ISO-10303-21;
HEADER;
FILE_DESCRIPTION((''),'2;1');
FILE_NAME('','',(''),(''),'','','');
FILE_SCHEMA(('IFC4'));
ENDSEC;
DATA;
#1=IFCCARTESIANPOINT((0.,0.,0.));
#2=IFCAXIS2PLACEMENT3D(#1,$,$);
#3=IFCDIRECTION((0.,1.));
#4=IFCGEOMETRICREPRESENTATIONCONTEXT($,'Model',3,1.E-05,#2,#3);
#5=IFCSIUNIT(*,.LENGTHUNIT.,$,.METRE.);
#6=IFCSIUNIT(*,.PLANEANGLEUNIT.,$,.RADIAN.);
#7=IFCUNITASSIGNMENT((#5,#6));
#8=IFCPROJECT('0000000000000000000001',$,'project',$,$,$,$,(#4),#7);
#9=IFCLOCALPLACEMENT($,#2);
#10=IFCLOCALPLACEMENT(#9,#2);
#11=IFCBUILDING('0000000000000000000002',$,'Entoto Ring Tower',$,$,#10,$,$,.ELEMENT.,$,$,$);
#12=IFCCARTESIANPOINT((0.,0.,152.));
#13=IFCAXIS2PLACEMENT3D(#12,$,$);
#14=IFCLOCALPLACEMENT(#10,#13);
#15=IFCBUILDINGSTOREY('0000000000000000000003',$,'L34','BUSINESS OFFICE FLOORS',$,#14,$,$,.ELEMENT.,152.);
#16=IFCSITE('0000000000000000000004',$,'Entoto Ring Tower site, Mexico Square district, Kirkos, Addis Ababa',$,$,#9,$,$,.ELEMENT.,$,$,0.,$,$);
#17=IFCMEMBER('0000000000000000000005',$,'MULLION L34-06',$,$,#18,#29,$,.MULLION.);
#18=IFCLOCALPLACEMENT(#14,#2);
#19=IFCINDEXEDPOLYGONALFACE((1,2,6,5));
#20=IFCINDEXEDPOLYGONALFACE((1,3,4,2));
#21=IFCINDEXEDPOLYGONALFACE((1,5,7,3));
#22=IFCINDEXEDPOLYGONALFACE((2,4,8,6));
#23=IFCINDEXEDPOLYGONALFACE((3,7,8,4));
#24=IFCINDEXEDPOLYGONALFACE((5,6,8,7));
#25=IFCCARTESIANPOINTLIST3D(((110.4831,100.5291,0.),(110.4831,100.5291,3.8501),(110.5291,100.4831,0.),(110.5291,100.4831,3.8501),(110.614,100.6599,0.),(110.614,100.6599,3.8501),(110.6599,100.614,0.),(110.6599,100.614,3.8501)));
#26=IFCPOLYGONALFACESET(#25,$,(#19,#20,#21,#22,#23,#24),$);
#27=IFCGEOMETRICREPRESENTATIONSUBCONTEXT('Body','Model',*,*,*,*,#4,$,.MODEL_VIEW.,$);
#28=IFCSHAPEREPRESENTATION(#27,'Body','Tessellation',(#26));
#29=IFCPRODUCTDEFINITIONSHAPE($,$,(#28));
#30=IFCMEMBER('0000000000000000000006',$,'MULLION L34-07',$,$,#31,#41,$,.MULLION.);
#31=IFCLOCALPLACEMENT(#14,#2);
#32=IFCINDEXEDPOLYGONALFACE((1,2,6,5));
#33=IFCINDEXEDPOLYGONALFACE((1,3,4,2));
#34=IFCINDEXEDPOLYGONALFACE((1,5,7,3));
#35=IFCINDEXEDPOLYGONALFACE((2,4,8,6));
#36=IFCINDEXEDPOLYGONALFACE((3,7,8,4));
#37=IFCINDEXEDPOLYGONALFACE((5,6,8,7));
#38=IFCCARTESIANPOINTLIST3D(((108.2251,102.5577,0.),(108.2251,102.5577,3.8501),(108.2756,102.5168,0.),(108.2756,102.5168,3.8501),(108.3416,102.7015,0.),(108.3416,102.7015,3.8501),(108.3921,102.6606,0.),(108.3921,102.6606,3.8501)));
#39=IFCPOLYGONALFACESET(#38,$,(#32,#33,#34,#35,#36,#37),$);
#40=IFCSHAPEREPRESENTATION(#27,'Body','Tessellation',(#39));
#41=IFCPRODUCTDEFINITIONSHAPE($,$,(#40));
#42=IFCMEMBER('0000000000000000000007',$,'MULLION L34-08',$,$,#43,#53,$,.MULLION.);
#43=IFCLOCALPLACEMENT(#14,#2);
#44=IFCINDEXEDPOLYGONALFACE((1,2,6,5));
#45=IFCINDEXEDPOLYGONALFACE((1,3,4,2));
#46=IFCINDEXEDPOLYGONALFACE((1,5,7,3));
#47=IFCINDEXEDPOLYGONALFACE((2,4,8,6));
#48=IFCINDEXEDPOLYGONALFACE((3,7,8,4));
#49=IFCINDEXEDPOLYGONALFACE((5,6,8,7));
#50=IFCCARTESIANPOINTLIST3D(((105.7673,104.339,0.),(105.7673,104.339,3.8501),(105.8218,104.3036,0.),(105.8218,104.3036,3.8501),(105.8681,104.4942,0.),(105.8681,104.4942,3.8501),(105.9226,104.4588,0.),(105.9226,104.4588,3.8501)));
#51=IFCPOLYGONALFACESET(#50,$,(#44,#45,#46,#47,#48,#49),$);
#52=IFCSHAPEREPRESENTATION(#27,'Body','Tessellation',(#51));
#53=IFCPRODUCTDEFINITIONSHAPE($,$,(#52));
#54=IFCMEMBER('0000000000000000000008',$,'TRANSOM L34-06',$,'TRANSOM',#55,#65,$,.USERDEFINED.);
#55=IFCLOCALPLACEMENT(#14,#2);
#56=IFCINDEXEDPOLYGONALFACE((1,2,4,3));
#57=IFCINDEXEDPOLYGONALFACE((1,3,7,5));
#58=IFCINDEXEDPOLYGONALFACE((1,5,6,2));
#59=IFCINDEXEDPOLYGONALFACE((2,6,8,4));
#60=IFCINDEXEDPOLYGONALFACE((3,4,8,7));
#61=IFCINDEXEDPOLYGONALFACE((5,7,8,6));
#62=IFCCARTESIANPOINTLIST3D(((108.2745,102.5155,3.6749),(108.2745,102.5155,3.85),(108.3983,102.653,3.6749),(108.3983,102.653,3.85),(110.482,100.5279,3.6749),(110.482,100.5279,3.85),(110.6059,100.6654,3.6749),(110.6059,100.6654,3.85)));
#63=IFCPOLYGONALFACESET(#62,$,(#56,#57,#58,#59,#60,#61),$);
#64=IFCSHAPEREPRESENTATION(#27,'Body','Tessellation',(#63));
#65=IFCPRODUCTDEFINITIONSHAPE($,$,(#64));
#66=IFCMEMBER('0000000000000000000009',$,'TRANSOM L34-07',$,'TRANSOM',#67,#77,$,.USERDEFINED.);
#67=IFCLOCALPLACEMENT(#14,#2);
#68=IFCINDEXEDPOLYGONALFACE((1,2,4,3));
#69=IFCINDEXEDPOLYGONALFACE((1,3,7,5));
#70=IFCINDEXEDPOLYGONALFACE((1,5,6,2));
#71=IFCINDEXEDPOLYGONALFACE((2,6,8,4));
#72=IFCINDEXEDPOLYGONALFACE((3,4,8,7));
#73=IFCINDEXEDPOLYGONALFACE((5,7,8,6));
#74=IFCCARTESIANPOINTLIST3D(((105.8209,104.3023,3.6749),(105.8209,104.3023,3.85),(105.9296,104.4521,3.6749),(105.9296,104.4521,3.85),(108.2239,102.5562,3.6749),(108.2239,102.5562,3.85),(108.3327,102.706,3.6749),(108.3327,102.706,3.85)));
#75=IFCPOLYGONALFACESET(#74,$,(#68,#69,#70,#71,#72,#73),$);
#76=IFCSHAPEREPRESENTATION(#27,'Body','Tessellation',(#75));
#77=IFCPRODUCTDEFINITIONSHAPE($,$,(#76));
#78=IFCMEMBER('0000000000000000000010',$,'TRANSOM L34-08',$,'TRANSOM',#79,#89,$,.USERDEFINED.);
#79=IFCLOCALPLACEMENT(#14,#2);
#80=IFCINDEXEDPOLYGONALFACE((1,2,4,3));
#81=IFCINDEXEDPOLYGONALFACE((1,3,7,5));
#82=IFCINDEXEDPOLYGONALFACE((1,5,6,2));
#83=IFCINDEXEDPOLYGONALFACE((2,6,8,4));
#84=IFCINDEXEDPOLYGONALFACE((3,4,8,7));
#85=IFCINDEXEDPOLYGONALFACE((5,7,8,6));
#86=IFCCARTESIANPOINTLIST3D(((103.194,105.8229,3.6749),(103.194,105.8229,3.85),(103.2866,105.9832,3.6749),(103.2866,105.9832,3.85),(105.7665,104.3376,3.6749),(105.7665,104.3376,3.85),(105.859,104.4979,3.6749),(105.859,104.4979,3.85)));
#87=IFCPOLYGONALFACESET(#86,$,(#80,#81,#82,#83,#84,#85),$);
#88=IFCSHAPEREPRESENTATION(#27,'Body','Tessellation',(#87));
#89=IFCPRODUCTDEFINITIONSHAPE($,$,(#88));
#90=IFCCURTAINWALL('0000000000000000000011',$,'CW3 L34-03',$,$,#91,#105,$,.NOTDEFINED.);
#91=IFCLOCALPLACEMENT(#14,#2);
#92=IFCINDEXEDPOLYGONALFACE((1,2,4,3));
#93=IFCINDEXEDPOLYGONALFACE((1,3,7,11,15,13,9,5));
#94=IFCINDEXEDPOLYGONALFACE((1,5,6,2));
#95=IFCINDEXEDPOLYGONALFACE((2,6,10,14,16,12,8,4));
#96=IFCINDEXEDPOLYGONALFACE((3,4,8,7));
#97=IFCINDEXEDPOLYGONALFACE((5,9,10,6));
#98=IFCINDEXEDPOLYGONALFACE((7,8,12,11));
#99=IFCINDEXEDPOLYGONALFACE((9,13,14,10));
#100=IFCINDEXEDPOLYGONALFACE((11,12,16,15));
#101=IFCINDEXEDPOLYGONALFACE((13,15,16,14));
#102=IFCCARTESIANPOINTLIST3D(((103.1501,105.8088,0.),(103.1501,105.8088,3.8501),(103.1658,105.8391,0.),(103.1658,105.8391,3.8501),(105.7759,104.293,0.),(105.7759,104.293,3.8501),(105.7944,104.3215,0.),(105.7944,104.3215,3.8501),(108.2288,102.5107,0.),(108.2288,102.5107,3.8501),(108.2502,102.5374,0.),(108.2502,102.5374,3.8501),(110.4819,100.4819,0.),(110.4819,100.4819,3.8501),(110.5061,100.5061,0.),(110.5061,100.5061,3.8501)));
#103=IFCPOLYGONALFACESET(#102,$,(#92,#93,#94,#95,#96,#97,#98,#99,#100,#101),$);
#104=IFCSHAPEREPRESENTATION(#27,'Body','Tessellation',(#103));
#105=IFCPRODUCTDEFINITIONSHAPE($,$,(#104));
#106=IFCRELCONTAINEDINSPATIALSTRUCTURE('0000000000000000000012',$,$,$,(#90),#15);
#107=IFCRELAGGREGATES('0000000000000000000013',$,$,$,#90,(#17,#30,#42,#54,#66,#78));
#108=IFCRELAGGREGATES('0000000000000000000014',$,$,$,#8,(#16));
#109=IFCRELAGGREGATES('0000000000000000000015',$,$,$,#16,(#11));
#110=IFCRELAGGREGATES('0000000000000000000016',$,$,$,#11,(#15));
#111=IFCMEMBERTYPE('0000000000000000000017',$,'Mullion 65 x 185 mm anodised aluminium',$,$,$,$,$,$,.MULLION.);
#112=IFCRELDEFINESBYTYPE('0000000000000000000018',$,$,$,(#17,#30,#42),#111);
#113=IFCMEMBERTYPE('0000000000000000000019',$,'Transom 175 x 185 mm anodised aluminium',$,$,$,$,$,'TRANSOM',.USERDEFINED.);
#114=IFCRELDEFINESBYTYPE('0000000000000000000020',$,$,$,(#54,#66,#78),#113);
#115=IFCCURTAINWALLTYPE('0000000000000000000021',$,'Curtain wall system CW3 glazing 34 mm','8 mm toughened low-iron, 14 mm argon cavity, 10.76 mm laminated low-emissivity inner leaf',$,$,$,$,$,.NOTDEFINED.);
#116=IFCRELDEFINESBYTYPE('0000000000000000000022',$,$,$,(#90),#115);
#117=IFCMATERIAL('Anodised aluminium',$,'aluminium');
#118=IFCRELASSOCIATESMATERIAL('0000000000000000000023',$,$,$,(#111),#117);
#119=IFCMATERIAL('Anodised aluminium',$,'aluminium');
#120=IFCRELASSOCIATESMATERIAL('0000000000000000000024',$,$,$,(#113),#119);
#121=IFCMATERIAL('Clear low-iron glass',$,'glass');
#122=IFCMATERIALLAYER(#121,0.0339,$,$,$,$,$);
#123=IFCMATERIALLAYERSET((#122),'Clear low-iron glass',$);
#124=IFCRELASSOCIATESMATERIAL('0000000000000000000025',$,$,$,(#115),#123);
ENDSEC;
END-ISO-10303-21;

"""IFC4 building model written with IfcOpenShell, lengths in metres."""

from ifc_helpers import new_model, si_unit, direction, frame, origin, origin_2d, place, context, subcontext, project, spatial, polyline, rectangle, outline, extrude, material, layer, layer_set, material_profile, profile_set, type_object, element, aggregate, save


model = new_model("IFC4")

# Units and contexts
model_context = context("Model", 3, precision=1e-05, world=origin(), true_north=direction((0.0, 1.0)))
body_context = subcontext(model_context, "Body", "Model", "MODEL_VIEW")
ifc_project = project(units=[si_unit("LENGTHUNIT", "METRE"), si_unit("PLANEANGLEUNIT", "RADIAN")], contexts=[model_context])

# Members
ifc_material_1 = material(Name="Anodised aluminium", Category="aluminium")
ifc_material_profile_1 = material_profile(ifc_material_1, rectangle(XDim=0.0649, YDim=0.1851, at=origin_2d()), Name="Mullion 65 x 185 mm anodised aluminium")
ifc_profile_set_1 = profile_set([ifc_material_profile_1], Name="Anodised aluminium")
member_type_1 = type_object("IfcMemberType", Name="Mullion 65 x 185 mm anodised aluminium", PredefinedType="MULLION", material=ifc_profile_set_1)
site_placement = place(None, origin())
building_placement = place(site_placement, origin())
storey_placement = place(building_placement, frame((0.0, 0.0, 152.0)))
member_1_placement = place(storey_placement, frame((110.5715, 100.5715, 0.0), z_axis=(0.0, 0.0, 1.0), x_axis=(-0.707107, 0.707107, 0.0)))
member_1 = element("IfcMember", 1, at=member_1_placement, type_object=member_type_1, Name="MULLION L34-06", PredefinedType="MULLION", context=body_context, shape_type="SweptSolid", body=[
    extrude(rectangle(XDim=0.0649, YDim=0.1851, at=origin_2d()), origin(), (0.0, 0.0, 1.0), 3.8501),
])
member_2_placement = place(storey_placement, frame((108.3086, 102.6091, 0.0), z_axis=(0.0, 0.0, 1.0), x_axis=(-0.777146, 0.62932, 0.0)))
member_2 = element("IfcMember", 2, at=member_2_placement, type_object=member_type_1, Name="MULLION L34-07", PredefinedType="MULLION", context=body_context, shape_type="SweptSolid", body=[
    extrude(rectangle(XDim=0.0649, YDim=0.1851, at=origin_2d()), origin(), (0.0, 0.0, 1.0), 3.8501),
])
member_3_placement = place(storey_placement, frame((105.845, 104.3989, 0.0), z_axis=(0.0, 0.0, 1.0), x_axis=(-0.838671, 0.544639, 0.0)))
member_3 = element("IfcMember", 3, at=member_3_placement, type_object=member_type_1, Name="MULLION L34-08", PredefinedType="MULLION", context=body_context, shape_type="SweptSolid", body=[
    extrude(rectangle(XDim=0.0649, YDim=0.1851, at=origin_2d()), origin(), (0.0, 0.0, 1.0), 3.8501),
])
ifc_material_2 = material(Name="Anodised aluminium", Category="aluminium")
ifc_material_profile_2 = material_profile(ifc_material_2, rectangle(XDim=0.1851, YDim=0.175, at=origin_2d()), Name="Transom 175 x 185 mm anodised aluminium")
ifc_profile_set_2 = profile_set([ifc_material_profile_2], Name="Anodised aluminium")
member_type_2 = type_object("IfcMemberType", Name="Transom 175 x 185 mm anodised aluminium", ElementType="TRANSOM", PredefinedType="USERDEFINED", material=ifc_profile_set_2)
member_4_placement = place(storey_placement, frame((110.5439, 100.5967, 3.7625), z_axis=(-0.743163, 0.66911, 0.0), x_axis=(-0.66911, -0.743163, 0.0)))
member_4 = element("IfcMember", 4, at=member_4_placement, type_object=member_type_2, Name="TRANSOM L34-06", ObjectType="TRANSOM", PredefinedType="USERDEFINED", context=body_context, shape_type="SweptSolid", body=[
    extrude(rectangle(XDim=0.1851, YDim=0.175, at=origin_2d()), origin(), (0.0, 0.0, 1.0), 2.9705),
])
member_5_placement = place(storey_placement, frame((108.2783, 102.6311, 3.7625), z_axis=(-0.808992, 0.58782, 0.0), x_axis=(-0.58782, -0.808992, 0.0)))
member_5 = element("IfcMember", 5, at=member_5_placement, type_object=member_type_2, Name="TRANSOM L34-07", ObjectType="TRANSOM", PredefinedType="USERDEFINED", context=body_context, shape_type="SweptSolid", body=[
    extrude(rectangle(XDim=0.1851, YDim=0.175, at=origin_2d()), origin(), (0.0, 0.0, 1.0), 2.9705),
])
member_6_placement = place(storey_placement, frame((105.8127, 104.4177, 3.7625), z_axis=(-0.866009, 0.500028, 0.0), x_axis=(-0.500028, -0.866009, 0.0)))
member_6 = element("IfcMember", 6, at=member_6_placement, type_object=member_type_2, Name="TRANSOM L34-08", ObjectType="TRANSOM", PredefinedType="USERDEFINED", context=body_context, shape_type="SweptSolid", body=[
    extrude(rectangle(XDim=0.1851, YDim=0.175, at=origin_2d()), origin(), (0.0, 0.0, 1.0), 2.9705),
])

# Site, building, storey
site = spatial("IfcSite", under=ifc_project, at=site_placement, Name="Entoto Ring Tower site, Mexico Square district, Kirkos, Addis Ababa", CompositionType="ELEMENT", RefElevation=0.0)
building = spatial("IfcBuilding", under=site, at=building_placement, Name="Entoto Ring Tower", CompositionType="ELEMENT")
storey = spatial("IfcBuildingStorey", under=building, at=storey_placement, Name="L34", Description="BUSINESS OFFICE FLOORS", CompositionType="ELEMENT", Elevation=152.0)

# Curtain wall
ifc_material_3 = material(Name="Clear low-iron glass", Category="glass")
ifc_layer_1 = layer(ifc_material_3, 0.0339)
ifc_layer_set_1 = layer_set([ifc_layer_1], Name="Clear low-iron glass")
curtain_wall_type = type_object("IfcCurtainWallType", Name="Curtain wall system CW3 glazing 34 mm", Description="8 mm toughened low-iron, 14 mm argon cavity, 10.76 mm laminated low-emissivity inner leaf", PredefinedType="NOTDEFINED", material=ifc_layer_set_1)
curtain_wall_1_placement = place(storey_placement, origin())
curtain_wall_1 = element("IfcCurtainWall", 7, at=curtain_wall_1_placement, inside=storey, type_object=curtain_wall_type, Name="CW3 L34-03", PredefinedType="NOTDEFINED", context=body_context, shape_type="SweptSolid", body=[
    extrude(outline(polyline([(110.5061, 100.5061), (108.2502, 102.5374), (105.7944, 104.3215), (103.1658, 105.8391), (103.1501, 105.8088), (105.7759, 104.293), (108.2288, 102.5107), (110.4819, 100.4819), (110.5061, 100.5061)])), origin(), (0.0, 0.0, 1.0), 3.8501),
])
aggregate(curtain_wall_1, [member_1, member_2, member_3, member_4, member_5, member_6])

save(model, "model.ifc")
